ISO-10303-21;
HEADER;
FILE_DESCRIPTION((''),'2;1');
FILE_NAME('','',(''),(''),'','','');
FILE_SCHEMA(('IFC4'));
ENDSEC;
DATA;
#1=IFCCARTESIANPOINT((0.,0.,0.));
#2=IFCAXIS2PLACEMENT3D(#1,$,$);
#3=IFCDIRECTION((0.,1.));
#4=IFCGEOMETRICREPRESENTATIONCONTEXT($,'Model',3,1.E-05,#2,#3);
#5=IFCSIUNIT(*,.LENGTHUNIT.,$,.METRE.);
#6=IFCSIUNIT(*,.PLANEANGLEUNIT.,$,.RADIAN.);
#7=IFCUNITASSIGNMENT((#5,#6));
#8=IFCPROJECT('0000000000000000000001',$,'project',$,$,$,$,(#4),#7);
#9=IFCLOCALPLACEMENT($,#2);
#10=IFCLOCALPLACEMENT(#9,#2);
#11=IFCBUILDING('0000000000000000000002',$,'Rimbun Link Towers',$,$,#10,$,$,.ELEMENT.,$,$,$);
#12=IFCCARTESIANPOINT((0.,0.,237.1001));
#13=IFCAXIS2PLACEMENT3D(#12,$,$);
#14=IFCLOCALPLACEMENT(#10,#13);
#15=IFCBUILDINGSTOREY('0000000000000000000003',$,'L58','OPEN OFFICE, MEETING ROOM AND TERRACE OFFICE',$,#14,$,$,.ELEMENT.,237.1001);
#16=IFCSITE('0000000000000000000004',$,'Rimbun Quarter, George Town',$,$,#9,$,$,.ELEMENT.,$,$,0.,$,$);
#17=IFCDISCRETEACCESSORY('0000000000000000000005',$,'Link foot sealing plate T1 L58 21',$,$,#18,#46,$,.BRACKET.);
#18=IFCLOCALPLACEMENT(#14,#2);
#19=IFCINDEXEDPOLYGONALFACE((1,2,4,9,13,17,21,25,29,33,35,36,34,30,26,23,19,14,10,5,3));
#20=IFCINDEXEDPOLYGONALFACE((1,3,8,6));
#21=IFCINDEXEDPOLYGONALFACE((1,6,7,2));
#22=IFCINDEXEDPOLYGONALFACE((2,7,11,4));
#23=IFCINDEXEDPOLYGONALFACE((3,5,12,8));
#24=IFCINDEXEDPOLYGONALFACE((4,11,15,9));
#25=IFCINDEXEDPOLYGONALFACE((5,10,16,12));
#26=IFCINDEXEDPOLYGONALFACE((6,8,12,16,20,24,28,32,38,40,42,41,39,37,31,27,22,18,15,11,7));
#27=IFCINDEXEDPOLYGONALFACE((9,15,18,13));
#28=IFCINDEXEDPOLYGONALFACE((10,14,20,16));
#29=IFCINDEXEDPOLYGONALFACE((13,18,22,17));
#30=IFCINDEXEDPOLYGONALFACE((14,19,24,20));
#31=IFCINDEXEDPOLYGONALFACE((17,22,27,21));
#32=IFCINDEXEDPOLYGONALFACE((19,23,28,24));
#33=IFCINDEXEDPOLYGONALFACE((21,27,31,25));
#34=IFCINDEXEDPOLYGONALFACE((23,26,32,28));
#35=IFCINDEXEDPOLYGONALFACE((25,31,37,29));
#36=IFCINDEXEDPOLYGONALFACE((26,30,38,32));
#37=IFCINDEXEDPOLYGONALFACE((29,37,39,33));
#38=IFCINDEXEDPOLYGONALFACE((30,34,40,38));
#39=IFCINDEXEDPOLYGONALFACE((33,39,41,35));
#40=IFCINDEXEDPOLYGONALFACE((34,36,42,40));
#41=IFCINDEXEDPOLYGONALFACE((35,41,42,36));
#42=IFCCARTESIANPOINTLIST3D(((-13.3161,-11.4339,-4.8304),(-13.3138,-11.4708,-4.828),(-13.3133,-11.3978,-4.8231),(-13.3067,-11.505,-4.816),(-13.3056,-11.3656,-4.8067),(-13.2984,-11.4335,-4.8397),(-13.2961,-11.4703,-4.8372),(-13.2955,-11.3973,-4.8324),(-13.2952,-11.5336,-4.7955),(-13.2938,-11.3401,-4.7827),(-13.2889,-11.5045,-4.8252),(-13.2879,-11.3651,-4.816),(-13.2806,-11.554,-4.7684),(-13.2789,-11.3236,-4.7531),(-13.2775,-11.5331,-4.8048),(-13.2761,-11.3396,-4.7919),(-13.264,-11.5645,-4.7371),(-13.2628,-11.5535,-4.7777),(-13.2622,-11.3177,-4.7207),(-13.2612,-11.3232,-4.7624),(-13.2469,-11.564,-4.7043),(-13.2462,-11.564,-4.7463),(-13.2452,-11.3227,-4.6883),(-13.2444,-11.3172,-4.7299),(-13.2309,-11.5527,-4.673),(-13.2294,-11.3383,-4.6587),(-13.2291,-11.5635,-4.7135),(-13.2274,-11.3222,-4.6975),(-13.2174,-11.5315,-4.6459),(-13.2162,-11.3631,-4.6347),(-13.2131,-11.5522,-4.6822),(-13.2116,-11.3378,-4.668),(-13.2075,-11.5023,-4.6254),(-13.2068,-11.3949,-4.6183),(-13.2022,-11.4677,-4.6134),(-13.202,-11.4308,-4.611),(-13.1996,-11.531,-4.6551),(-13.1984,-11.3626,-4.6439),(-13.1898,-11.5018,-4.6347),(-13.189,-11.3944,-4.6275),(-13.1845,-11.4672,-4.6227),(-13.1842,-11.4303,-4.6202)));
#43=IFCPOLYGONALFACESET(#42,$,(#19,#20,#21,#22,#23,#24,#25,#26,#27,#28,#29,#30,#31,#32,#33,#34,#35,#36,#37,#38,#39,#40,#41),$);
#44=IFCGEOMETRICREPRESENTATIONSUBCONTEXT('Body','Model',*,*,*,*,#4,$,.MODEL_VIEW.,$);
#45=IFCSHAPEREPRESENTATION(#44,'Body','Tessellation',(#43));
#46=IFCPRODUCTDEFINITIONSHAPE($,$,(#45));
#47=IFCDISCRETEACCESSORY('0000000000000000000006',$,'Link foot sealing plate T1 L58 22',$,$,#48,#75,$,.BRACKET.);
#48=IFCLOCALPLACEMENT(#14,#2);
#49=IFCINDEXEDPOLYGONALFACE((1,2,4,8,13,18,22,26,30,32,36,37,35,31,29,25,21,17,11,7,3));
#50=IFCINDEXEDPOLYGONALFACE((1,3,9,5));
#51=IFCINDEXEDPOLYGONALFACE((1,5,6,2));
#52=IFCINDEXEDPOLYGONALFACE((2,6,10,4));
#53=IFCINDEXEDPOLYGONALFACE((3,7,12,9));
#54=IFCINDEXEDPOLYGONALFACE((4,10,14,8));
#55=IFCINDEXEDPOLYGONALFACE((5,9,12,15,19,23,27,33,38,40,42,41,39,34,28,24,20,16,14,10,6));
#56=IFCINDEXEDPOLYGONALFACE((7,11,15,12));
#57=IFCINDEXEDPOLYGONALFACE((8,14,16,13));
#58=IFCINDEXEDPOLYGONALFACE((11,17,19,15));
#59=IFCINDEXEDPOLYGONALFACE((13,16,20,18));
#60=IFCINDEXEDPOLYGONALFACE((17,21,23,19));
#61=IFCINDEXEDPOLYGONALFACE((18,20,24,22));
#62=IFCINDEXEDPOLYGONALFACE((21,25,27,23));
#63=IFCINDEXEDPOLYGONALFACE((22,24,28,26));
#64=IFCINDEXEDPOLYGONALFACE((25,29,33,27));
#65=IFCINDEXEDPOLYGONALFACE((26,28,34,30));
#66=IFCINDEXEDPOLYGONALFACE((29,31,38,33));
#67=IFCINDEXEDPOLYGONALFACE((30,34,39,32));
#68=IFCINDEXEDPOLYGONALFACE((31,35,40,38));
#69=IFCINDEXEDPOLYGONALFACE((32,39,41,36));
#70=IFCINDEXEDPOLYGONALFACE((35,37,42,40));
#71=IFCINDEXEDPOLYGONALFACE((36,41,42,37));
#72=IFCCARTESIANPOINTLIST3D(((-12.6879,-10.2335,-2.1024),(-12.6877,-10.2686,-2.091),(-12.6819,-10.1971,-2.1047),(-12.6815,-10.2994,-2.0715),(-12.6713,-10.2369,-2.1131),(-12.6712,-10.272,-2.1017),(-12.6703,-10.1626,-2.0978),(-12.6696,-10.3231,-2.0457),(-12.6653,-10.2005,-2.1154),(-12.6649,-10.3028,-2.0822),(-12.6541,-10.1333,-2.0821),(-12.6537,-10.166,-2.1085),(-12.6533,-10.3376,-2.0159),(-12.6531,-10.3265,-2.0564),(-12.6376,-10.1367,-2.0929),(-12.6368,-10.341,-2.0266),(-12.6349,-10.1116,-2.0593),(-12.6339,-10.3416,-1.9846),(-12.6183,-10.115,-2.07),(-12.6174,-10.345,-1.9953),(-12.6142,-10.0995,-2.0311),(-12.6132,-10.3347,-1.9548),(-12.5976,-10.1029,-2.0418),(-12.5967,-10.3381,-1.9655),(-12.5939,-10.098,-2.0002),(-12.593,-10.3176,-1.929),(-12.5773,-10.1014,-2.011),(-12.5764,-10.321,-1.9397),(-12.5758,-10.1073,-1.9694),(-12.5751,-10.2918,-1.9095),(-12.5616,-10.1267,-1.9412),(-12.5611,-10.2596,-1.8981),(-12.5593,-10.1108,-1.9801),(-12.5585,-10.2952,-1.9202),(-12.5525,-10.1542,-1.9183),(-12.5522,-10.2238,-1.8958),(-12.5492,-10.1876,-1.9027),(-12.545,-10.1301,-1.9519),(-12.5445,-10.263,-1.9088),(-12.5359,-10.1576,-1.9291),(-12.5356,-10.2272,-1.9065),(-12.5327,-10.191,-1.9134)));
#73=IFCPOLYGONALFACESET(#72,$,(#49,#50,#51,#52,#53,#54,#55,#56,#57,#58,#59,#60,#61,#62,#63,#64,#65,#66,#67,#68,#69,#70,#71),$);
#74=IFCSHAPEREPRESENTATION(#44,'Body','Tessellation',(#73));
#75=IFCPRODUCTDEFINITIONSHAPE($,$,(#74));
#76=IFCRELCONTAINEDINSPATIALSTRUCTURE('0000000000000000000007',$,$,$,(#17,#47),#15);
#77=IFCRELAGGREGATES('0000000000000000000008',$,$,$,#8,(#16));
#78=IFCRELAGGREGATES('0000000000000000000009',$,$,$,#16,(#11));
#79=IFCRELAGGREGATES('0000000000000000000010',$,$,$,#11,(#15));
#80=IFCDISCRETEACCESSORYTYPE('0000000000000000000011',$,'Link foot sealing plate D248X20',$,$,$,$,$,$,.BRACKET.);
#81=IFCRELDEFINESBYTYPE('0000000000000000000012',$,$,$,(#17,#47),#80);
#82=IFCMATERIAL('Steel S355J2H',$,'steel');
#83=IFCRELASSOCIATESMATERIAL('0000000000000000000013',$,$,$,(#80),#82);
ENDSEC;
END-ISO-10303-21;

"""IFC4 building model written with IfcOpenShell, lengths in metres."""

from ifc_helpers import new_model, si_unit, direction, frame, origin, origin_2d, place, context, subcontext, project, spatial, circle, extrude, material, material_profile, profile_set, type_object, element, save


model = new_model("IFC4")

# Units and contexts
model_context = context("Model", 3, precision=1e-05, world=origin(), true_north=direction((0.0, 1.0)))
body_context = subcontext(model_context, "Body", "Model", "MODEL_VIEW")
ifc_project = project(units=[si_unit("LENGTHUNIT", "METRE"), si_unit("PLANEANGLEUNIT", "RADIAN")], contexts=[model_context])

# Site, building, storey
site_placement = place(None, origin())
site = spatial("IfcSite", under=ifc_project, at=site_placement, Name="Rimbun Quarter, George Town", CompositionType="ELEMENT", RefElevation=0.0)
building_placement = place(site_placement, origin())
building = spatial("IfcBuilding", under=site, at=building_placement, Name="Rimbun Link Towers", CompositionType="ELEMENT")
storey_placement = place(building_placement, frame((0.0, 0.0, 237.1001)))
storey = spatial("IfcBuildingStorey", under=building, at=storey_placement, Name="L58", Description="OPEN OFFICE, MEETING ROOM AND TERRACE OFFICE", CompositionType="ELEMENT", Elevation=237.1001)

# Discrete accessories
ifc_material_1 = material(Name="Steel S355J2H", Category="steel")
ifc_material_profile_1 = material_profile(ifc_material_1, circle(Radius=0.124, at=origin_2d()), Name="PL D248")
ifc_profile_set_1 = profile_set([ifc_material_profile_1], Name="Steel S355J2H")
discrete_accessory_type = type_object("IfcDiscreteAccessoryType", Name="Link foot sealing plate D248X20", PredefinedType="BRACKET", material=ifc_profile_set_1)
for number, where, z_axis, x_axis, name in (
    (1, (-13.2588, -11.4417, -4.7207), (0.886756, 0.024295, -0.461599), (-0.027387, 0.999625, 0.0), "Link foot sealing plate T1 L58 21"),
    (2, (-12.6189, -10.2195, -2.0002), (0.827302, -0.170327, -0.535313), (0.201653, 0.979457, 0.0), "Link foot sealing plate T1 L58 22"),
):
    element("IfcDiscreteAccessory", number, at=place(storey_placement, frame(where, z_axis=z_axis, x_axis=x_axis)), inside=storey, type_object=discrete_accessory_type, Name=name, PredefinedType="BRACKET", context=body_context, shape_type="SweptSolid", body=[
        extrude(circle(Radius=0.124, at=origin_2d()), origin(), (0.0, 0.0, 1.0), 0.02),
    ])

save(model, "model.ifc")
